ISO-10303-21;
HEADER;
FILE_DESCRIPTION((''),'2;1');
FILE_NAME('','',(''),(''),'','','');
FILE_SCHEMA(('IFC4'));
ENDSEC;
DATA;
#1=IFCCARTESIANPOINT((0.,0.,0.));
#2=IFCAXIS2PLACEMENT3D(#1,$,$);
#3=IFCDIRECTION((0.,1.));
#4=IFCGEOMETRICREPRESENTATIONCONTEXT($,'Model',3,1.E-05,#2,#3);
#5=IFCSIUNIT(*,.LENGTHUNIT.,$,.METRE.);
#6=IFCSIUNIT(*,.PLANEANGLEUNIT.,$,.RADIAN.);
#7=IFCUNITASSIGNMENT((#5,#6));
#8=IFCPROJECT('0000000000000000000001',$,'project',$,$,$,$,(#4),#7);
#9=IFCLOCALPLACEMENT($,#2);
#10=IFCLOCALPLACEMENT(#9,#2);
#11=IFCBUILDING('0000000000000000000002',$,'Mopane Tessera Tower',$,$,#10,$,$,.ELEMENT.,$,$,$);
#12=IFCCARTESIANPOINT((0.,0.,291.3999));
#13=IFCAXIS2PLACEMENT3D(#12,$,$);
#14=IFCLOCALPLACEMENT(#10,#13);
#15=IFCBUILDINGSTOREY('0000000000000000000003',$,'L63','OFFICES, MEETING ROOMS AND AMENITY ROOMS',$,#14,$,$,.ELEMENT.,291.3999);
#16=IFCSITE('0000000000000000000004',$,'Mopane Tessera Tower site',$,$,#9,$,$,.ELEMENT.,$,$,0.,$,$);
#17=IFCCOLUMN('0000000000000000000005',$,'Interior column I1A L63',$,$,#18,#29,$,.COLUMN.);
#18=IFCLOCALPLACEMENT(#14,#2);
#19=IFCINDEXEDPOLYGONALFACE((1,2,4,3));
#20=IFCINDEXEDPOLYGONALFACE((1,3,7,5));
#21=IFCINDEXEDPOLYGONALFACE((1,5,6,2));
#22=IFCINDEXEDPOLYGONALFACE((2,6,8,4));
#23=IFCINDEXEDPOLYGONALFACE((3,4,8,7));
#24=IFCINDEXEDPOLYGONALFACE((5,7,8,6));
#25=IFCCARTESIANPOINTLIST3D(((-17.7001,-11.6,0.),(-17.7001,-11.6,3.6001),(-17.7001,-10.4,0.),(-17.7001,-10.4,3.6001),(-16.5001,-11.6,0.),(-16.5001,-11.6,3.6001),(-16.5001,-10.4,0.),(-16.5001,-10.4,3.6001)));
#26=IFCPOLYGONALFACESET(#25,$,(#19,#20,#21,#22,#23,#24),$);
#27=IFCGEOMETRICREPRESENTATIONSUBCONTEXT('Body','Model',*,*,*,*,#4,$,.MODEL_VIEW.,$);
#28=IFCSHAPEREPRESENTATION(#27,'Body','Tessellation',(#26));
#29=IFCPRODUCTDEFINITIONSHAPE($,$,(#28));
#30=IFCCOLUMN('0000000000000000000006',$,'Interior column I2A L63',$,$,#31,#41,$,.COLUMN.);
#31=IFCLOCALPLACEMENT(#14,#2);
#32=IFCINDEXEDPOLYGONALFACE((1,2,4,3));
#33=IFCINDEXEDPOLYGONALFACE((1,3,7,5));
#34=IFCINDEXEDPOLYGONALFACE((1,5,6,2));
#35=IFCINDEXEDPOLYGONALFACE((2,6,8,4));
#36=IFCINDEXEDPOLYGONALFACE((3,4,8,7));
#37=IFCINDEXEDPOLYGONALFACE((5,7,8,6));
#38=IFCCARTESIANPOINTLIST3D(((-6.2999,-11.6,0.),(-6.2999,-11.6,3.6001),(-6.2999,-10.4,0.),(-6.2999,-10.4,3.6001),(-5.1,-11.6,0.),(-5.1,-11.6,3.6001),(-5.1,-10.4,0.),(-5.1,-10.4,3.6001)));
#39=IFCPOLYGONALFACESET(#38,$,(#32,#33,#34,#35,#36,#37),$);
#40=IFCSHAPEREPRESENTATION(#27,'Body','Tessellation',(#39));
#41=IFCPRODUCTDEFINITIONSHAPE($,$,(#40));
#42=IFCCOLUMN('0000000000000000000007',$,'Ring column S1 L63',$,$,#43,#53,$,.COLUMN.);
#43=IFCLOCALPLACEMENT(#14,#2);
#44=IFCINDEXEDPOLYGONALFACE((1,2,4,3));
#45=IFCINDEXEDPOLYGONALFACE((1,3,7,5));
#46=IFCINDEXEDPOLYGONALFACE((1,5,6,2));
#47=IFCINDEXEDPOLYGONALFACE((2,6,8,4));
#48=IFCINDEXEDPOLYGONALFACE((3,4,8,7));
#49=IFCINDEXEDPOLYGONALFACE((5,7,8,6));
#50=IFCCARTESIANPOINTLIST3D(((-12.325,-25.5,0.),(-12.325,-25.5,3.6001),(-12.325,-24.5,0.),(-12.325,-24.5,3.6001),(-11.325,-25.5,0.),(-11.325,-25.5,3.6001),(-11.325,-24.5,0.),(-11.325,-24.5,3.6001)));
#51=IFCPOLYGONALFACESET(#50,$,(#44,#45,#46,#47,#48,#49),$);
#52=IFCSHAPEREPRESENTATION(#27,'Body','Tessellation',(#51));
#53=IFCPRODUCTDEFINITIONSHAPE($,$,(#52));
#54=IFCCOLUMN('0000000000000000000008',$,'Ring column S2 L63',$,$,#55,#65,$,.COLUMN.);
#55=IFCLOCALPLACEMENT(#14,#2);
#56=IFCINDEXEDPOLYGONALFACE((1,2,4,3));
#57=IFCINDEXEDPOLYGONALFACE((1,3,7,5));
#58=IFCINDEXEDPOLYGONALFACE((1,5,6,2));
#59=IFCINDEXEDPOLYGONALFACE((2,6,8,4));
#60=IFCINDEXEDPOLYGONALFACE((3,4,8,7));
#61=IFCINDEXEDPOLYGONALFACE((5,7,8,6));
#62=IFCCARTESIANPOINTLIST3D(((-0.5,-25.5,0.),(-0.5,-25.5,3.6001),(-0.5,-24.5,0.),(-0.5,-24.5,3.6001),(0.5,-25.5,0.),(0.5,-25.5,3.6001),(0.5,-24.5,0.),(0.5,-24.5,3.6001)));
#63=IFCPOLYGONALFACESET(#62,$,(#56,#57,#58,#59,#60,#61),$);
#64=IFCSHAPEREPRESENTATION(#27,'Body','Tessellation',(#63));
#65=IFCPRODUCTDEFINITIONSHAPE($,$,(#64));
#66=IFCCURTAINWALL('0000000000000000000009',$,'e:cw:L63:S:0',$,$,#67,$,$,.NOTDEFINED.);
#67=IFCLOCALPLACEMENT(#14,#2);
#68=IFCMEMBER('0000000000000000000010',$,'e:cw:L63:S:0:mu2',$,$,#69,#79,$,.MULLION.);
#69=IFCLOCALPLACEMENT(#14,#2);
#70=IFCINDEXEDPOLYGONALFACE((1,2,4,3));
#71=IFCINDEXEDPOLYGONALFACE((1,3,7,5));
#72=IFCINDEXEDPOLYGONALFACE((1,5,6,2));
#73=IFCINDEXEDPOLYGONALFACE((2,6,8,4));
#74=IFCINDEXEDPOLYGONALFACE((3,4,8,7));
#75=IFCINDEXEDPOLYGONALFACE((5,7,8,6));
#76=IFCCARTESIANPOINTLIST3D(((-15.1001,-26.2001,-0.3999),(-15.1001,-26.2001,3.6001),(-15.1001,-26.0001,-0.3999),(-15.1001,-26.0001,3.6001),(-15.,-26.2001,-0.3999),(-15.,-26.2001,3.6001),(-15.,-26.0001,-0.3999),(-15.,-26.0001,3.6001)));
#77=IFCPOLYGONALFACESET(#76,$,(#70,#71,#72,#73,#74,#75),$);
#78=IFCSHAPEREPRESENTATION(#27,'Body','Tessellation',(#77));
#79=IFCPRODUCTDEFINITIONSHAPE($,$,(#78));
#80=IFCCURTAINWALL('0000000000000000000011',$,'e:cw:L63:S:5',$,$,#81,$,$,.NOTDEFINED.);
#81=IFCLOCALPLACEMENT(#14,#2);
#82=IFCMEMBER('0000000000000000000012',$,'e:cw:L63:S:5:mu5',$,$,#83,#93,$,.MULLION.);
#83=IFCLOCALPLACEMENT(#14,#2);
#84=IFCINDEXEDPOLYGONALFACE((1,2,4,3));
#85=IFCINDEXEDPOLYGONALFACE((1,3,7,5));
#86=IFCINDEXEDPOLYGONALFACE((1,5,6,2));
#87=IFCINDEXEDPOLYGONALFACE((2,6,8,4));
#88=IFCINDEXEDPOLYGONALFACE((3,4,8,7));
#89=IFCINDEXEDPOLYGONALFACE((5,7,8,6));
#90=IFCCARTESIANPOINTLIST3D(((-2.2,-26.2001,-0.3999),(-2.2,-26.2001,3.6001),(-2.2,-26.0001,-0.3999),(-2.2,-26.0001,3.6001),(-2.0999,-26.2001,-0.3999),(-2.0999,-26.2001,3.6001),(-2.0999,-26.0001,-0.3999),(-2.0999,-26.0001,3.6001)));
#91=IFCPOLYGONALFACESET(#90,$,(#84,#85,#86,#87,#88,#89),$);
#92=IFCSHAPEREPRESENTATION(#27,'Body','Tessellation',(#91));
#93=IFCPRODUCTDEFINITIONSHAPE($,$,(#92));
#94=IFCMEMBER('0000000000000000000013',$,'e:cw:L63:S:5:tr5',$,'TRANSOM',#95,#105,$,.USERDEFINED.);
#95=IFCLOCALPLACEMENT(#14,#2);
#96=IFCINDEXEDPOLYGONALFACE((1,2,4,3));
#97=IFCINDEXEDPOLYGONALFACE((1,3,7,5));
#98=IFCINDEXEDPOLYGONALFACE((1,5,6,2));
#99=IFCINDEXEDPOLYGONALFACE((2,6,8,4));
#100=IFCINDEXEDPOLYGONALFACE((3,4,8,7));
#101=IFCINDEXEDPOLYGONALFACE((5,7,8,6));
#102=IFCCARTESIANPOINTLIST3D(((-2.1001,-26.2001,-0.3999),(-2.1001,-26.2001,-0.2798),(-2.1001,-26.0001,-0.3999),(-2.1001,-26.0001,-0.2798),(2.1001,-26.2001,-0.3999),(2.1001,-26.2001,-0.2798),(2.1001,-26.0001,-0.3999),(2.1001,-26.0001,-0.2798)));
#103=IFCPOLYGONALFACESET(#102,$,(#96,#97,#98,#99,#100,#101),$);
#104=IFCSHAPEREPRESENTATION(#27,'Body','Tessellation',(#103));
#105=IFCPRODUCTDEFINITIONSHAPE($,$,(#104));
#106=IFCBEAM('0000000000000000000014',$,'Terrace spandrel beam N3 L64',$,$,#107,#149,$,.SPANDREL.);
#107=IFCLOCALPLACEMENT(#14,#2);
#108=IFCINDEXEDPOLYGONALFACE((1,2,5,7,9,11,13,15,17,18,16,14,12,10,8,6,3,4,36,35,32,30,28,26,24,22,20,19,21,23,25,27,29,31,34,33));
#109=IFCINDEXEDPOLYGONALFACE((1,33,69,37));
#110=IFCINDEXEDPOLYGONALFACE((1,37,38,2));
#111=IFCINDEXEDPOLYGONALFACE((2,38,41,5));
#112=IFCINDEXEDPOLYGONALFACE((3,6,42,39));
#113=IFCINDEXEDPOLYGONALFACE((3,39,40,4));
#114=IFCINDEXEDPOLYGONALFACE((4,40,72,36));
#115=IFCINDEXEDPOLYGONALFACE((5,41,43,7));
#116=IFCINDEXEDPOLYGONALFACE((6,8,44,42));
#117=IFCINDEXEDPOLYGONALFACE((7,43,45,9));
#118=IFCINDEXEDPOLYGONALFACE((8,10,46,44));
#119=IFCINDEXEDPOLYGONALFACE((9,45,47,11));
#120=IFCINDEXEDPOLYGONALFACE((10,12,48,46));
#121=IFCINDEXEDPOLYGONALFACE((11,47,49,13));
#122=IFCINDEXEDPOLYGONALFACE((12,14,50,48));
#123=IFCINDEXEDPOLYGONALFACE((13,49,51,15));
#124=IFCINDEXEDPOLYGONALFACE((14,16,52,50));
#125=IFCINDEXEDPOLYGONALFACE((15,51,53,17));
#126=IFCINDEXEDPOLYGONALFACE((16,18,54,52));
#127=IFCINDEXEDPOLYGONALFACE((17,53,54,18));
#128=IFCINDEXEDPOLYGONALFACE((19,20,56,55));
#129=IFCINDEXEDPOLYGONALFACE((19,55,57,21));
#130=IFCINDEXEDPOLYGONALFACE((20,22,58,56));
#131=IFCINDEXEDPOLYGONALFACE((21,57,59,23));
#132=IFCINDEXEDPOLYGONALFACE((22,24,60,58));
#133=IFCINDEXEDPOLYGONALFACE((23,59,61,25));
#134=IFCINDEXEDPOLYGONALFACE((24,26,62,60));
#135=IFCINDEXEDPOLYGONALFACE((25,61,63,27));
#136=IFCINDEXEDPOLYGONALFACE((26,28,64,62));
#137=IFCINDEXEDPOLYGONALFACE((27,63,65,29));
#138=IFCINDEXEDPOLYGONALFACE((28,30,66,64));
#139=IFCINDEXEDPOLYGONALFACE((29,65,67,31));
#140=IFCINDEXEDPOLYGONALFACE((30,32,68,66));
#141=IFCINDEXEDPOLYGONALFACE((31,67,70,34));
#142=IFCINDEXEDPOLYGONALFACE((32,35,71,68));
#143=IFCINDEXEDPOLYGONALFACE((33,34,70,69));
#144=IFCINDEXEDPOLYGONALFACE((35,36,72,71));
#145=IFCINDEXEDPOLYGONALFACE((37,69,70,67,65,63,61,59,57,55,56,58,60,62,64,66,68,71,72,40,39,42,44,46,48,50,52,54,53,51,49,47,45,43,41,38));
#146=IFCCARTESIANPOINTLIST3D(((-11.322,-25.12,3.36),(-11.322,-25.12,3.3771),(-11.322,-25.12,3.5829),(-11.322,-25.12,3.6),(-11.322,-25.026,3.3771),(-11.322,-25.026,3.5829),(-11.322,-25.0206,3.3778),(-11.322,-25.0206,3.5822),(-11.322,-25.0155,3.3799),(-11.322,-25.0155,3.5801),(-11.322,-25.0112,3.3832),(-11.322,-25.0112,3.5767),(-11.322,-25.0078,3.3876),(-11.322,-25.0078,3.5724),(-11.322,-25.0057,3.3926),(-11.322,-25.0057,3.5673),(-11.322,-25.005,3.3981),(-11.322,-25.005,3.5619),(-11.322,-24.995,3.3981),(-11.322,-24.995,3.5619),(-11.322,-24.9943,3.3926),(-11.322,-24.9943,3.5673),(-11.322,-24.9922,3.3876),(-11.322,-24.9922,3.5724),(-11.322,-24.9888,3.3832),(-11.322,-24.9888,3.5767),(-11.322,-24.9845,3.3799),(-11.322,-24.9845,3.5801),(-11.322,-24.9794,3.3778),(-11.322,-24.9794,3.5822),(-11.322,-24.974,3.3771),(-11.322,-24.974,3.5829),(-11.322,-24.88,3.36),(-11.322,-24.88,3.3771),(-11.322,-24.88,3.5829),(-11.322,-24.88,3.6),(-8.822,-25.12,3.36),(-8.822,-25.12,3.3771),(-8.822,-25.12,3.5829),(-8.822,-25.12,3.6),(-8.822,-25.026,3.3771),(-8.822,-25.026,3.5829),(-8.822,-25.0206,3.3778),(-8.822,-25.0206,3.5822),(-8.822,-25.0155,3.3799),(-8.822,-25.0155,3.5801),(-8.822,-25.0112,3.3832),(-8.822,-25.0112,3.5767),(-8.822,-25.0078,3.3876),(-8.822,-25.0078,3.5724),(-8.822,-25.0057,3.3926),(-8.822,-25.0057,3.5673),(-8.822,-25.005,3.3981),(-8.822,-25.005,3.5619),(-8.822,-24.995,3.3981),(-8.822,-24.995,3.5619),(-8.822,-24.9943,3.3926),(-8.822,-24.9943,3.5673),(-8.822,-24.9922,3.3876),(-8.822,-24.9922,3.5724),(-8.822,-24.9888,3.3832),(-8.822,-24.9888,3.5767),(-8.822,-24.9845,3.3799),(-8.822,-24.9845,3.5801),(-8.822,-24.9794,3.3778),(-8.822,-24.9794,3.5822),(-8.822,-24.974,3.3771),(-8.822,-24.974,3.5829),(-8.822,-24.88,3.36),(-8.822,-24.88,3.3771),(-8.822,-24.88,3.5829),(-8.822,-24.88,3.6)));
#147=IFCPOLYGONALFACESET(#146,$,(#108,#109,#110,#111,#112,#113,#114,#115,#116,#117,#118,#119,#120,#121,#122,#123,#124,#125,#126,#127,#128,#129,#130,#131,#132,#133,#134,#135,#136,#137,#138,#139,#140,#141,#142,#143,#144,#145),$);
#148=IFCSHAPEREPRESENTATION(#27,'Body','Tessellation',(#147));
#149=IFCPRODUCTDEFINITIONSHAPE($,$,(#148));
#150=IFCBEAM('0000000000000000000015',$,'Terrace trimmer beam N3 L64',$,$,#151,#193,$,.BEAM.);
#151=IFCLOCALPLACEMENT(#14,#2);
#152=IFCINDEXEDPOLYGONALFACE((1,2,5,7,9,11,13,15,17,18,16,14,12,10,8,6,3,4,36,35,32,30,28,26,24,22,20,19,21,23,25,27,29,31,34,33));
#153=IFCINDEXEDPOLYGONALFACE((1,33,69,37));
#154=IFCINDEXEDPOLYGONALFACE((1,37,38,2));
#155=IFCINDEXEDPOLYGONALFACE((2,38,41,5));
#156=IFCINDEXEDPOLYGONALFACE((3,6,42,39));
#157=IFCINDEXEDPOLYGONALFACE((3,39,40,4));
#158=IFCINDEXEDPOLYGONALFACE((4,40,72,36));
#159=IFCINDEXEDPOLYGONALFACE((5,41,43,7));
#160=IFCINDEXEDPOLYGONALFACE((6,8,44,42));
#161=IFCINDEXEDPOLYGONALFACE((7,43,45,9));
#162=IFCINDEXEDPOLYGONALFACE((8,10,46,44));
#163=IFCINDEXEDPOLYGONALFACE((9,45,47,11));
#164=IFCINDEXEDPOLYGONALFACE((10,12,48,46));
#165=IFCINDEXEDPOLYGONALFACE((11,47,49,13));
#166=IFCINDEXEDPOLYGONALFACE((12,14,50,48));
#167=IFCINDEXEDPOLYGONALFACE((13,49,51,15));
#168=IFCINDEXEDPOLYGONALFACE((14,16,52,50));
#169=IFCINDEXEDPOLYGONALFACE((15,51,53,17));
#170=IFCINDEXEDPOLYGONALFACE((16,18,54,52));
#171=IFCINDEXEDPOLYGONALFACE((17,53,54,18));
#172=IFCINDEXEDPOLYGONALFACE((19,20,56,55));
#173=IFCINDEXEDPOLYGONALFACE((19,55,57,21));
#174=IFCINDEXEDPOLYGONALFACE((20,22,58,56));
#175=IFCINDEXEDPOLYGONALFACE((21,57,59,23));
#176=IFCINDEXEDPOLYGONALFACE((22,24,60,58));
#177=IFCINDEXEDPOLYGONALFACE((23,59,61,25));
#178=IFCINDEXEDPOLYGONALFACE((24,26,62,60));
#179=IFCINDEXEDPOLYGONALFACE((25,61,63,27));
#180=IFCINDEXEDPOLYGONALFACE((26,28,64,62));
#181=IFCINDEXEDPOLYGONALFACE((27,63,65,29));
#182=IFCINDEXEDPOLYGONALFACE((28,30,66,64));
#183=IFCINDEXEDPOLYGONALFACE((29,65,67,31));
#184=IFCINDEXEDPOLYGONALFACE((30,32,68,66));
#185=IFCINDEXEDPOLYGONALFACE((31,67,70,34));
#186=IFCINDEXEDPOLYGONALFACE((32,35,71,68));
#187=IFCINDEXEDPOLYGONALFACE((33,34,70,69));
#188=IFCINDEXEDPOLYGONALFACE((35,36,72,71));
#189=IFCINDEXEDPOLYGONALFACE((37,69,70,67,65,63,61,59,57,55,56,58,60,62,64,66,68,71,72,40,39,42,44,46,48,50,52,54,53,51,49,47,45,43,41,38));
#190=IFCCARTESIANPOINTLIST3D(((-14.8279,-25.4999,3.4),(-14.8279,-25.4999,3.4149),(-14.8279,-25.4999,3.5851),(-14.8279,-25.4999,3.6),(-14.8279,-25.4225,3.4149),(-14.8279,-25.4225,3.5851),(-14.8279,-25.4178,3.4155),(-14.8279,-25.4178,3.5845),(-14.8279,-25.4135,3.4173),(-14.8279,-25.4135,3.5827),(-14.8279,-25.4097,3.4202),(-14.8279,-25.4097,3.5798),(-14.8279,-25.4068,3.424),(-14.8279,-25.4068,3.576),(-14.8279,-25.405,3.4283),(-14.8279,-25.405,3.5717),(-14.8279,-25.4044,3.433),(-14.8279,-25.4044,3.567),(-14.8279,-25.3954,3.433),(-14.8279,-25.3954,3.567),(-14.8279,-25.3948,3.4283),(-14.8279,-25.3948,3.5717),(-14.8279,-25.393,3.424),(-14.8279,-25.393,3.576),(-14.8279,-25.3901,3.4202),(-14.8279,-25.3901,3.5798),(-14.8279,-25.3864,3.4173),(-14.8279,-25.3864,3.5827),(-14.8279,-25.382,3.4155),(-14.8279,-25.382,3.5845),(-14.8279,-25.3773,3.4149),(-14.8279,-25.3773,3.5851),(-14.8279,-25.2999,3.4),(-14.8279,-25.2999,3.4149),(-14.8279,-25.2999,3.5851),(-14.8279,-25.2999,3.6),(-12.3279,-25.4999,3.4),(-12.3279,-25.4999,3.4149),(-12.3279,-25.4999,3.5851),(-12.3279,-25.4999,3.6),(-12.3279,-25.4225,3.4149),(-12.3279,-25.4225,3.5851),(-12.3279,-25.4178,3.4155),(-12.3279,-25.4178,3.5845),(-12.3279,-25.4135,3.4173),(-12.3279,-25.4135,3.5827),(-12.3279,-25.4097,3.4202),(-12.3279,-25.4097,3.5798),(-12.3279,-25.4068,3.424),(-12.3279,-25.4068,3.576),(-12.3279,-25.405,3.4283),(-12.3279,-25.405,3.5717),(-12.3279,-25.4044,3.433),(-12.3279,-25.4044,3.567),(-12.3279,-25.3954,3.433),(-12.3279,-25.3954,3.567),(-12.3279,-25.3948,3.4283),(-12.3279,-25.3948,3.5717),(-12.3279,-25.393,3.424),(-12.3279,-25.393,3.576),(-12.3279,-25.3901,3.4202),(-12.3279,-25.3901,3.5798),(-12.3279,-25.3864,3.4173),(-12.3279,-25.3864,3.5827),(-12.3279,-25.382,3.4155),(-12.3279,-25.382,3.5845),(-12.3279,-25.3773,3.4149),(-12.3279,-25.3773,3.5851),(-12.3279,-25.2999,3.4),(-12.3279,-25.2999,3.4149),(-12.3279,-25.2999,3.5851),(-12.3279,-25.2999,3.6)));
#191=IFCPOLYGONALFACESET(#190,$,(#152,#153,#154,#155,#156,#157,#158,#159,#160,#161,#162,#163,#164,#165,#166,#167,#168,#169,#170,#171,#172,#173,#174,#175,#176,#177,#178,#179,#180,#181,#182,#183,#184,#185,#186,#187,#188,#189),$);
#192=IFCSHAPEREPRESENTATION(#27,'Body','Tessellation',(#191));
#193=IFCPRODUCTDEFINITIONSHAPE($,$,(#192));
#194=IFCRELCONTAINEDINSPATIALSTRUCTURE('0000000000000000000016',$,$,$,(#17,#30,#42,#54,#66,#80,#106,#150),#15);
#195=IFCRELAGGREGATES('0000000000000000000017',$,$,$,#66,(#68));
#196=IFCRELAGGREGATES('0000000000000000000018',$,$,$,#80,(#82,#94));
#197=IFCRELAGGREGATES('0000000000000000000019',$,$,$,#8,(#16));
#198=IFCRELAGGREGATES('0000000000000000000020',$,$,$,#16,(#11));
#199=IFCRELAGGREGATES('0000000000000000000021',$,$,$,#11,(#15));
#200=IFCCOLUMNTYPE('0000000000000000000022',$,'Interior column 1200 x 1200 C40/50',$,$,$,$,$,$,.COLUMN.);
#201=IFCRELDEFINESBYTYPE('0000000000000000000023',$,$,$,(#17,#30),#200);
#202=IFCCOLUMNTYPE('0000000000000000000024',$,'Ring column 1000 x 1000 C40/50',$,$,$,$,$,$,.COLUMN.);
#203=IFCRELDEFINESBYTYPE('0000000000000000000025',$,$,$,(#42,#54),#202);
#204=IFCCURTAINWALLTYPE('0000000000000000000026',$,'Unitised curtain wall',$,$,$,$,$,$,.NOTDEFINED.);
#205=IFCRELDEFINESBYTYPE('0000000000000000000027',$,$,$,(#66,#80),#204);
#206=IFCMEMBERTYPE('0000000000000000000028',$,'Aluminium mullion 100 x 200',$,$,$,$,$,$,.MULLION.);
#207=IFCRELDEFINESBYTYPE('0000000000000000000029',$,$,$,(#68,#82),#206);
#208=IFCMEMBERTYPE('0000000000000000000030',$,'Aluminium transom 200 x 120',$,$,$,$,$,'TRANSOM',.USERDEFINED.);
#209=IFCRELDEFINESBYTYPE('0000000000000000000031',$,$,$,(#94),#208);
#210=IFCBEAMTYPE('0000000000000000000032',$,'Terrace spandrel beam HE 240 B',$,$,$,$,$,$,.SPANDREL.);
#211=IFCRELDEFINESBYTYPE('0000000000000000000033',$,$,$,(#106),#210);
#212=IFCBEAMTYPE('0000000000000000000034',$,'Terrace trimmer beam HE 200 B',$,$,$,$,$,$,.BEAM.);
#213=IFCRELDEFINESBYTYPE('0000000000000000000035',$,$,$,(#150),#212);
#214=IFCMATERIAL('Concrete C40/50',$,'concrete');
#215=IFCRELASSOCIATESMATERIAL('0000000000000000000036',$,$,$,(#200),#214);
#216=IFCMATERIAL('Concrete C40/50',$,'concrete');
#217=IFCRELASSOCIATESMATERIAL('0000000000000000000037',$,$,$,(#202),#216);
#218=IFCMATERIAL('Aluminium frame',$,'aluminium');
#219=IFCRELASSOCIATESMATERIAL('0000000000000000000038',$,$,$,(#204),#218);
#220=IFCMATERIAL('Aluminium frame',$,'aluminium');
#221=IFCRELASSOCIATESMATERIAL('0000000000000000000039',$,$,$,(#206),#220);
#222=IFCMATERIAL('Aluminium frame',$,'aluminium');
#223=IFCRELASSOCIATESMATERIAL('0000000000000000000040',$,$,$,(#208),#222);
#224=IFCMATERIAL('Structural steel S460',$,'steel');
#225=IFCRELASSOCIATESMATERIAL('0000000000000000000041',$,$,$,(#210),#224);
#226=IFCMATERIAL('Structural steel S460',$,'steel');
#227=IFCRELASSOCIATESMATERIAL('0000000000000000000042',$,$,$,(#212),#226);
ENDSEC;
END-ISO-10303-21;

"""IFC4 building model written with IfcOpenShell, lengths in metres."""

from ifc_helpers import new_model, si_unit, direction, frame, origin, origin_2d, place, context, subcontext, project, spatial, rectangle, i_section, extrude, material, material_profile, profile_set, type_object, element, aggregate, save


model = new_model("IFC4")

# Units and contexts
model_context = context("Model", 3, precision=1e-05, world=origin(), true_north=direction((0.0, 1.0)))
body_context = subcontext(model_context, "Body", "Model", "MODEL_VIEW")
ifc_project = project(units=[si_unit("LENGTHUNIT", "METRE"), si_unit("PLANEANGLEUNIT", "RADIAN")], contexts=[model_context])

# Site, building, storey
site_placement = place(None, origin())
site = spatial("IfcSite", under=ifc_project, at=site_placement, Name="Mopane Tessera Tower site", CompositionType="ELEMENT", RefElevation=0.0)
building_placement = place(site_placement, origin())
building = spatial("IfcBuilding", under=site, at=building_placement, Name="Mopane Tessera Tower", CompositionType="ELEMENT")
storey_placement = place(building_placement, frame((0.0, 0.0, 291.3999)))
storey = spatial("IfcBuildingStorey", under=building, at=storey_placement, Name="L63", Description="OFFICES, MEETING ROOMS AND AMENITY ROOMS", CompositionType="ELEMENT", Elevation=291.3999)

# Columns
ifc_material_1 = material(Name="Concrete C40/50", Category="concrete")
ifc_material_profile_1 = material_profile(ifc_material_1, rectangle(XDim=1.2, YDim=1.2, at=origin_2d()))
ifc_profile_set_1 = profile_set([ifc_material_profile_1], Name="Concrete C40/50")
column_type_1 = type_object("IfcColumnType", Name="Interior column 1200 x 1200 C40/50", PredefinedType="COLUMN", material=ifc_profile_set_1)
for number, where, z_axis, x_axis, name in (
    (1, (-17.1001, -11.0, 0.0), (0.0, 0.0, 1.0), (1.0, 0.0, 0.0), "Interior column I1A L63"),
    (2, (-5.7, -11.0, 0.0), (0.0, 0.0, 1.0), (1.0, 0.0, 0.0), "Interior column I2A L63"),
):
    element("IfcColumn", number, at=place(storey_placement, frame(where, z_axis=z_axis, x_axis=x_axis)), inside=storey, type_object=column_type_1, Name=name, PredefinedType="COLUMN", context=body_context, shape_type="SweptSolid", body=[
        extrude(rectangle(XDim=1.2, YDim=1.2, at=origin_2d()), origin(), (0.0, 0.0, 1.0), 3.6001),
    ])
ifc_material_2 = material(Name="Concrete C40/50", Category="concrete")
ifc_material_profile_2 = material_profile(ifc_material_2, rectangle(XDim=1.0, YDim=1.0, at=origin_2d()))
ifc_profile_set_2 = profile_set([ifc_material_profile_2], Name="Concrete C40/50")
column_type_2 = type_object("IfcColumnType", Name="Ring column 1000 x 1000 C40/50", PredefinedType="COLUMN", material=ifc_profile_set_2)
for number, where, z_axis, x_axis, name in (
    (3, (-11.825, -25.0, 0.0), (0.0, 0.0, 1.0), (1.0, 0.0, 0.0), "Ring column S1 L63"),
    (4, (0.0, -25.0, 0.0), (0.0, 0.0, 1.0), (1.0, 0.0, 0.0), "Ring column S2 L63"),
):
    element("IfcColumn", number, at=place(storey_placement, frame(where, z_axis=z_axis, x_axis=x_axis)), inside=storey, type_object=column_type_2, Name=name, PredefinedType="COLUMN", context=body_context, shape_type="SweptSolid", body=[
        extrude(rectangle(XDim=1.0, YDim=1.0, at=origin_2d()), origin(), (0.0, 0.0, 1.0), 3.6001),
    ])

# Curtain wall, member
ifc_material_3 = material(Name="Aluminium frame", Category="aluminium")
curtain_wall_type = type_object("IfcCurtainWallType", Name="Unitised curtain wall", PredefinedType="NOTDEFINED", material=ifc_material_3)
curtain_wall_1_placement = place(storey_placement, origin())
curtain_wall_1 = element("IfcCurtainWall", 5, at=curtain_wall_1_placement, inside=storey, type_object=curtain_wall_type, Name="e:cw:L63:S:0", PredefinedType="NOTDEFINED")
ifc_material_4 = material(Name="Aluminium frame", Category="aluminium")
ifc_material_profile_3 = material_profile(ifc_material_4, rectangle(XDim=0.1001, YDim=0.2, at=origin_2d()))
ifc_profile_set_3 = profile_set([ifc_material_profile_3], Name="Aluminium frame")
member_type_1 = type_object("IfcMemberType", Name="Aluminium mullion 100 x 200", PredefinedType="MULLION", material=ifc_profile_set_3)
member_1_placement = place(storey_placement, frame((-15.05, -26.1001, -0.3999), z_axis=(0.0, 0.0, 1.0), x_axis=(1.0, 0.0, 0.0)))
member_1 = element("IfcMember", 6, at=member_1_placement, type_object=member_type_1, Name="e:cw:L63:S:0:mu2", PredefinedType="MULLION", context=body_context, shape_type="SweptSolid", body=[
    extrude(rectangle(XDim=0.1001, YDim=0.2, at=origin_2d()), origin(), (0.0, 0.0, 1.0), 4.0),
])
aggregate(curtain_wall_1, [member_1])

# Curtain wall, members
curtain_wall_2_placement = place(storey_placement, origin())
curtain_wall_2 = element("IfcCurtainWall", 7, at=curtain_wall_2_placement, inside=storey, type_object=curtain_wall_type, Name="e:cw:L63:S:5", PredefinedType="NOTDEFINED")
member_2_placement = place(storey_placement, frame((-2.1499, -26.1001, -0.3999), z_axis=(0.0, 0.0, 1.0), x_axis=(1.0, 0.0, 0.0)))
member_2 = element("IfcMember", 8, at=member_2_placement, type_object=member_type_1, Name="e:cw:L63:S:5:mu5", PredefinedType="MULLION", context=body_context, shape_type="SweptSolid", body=[
    extrude(rectangle(XDim=0.1001, YDim=0.2, at=origin_2d()), origin(), (0.0, 0.0, 1.0), 4.0),
])
ifc_material_5 = material(Name="Aluminium frame", Category="aluminium")
ifc_material_profile_4 = material_profile(ifc_material_5, rectangle(XDim=0.2, YDim=0.1201, at=origin_2d()))
ifc_profile_set_4 = profile_set([ifc_material_profile_4], Name="Aluminium frame")
member_type_2 = type_object("IfcMemberType", Name="Aluminium transom 200 x 120", ElementType="TRANSOM", PredefinedType="USERDEFINED", material=ifc_profile_set_4)
member_3_placement = place(storey_placement, frame((-2.1001, -26.1001, -0.3398), z_axis=(1.0, 0.0, 0.0), x_axis=(0.0, 1.0, 0.0)))
member_3 = element("IfcMember", 9, at=member_3_placement, type_object=member_type_2, Name="e:cw:L63:S:5:tr5", ObjectType="TRANSOM", PredefinedType="USERDEFINED", context=body_context, shape_type="SweptSolid", body=[
    extrude(rectangle(XDim=0.2, YDim=0.1201, at=origin_2d()), origin(), (0.0, 0.0, 1.0), 4.2002),
])

# Beams
ifc_material_6 = material(Name="Structural steel S460", Category="steel")
ifc_material_profile_5 = material_profile(ifc_material_6, i_section(OverallWidth=0.24, OverallDepth=0.24, WebThickness=0.01, FlangeThickness=0.0171, FilletRadius=0.021, at=origin_2d()))
ifc_profile_set_5 = profile_set([ifc_material_profile_5], Name="Structural steel S460")
beam_type_1 = type_object("IfcBeamType", Name="Terrace spandrel beam HE 240 B", PredefinedType="SPANDREL", material=ifc_profile_set_5)
beam_1_placement = place(storey_placement, frame((-11.322, -25.0, 3.48), z_axis=(1.0, 0.0, 0.0), x_axis=(0.0, 1.0, 0.0)))
element("IfcBeam", 10, at=beam_1_placement, inside=storey, type_object=beam_type_1, Name="Terrace spandrel beam N3 L64", PredefinedType="SPANDREL", context=body_context, shape_type="SweptSolid", body=[
    extrude(i_section(OverallWidth=0.24, OverallDepth=0.24, WebThickness=0.01, FlangeThickness=0.0171, FilletRadius=0.021, at=origin_2d()), origin(), (0.0, 0.0, 1.0), 2.5),
])
ifc_material_7 = material(Name="Structural steel S460", Category="steel")
ifc_material_profile_6 = material_profile(ifc_material_7, i_section(OverallWidth=0.2, OverallDepth=0.2, WebThickness=0.009, FlangeThickness=0.0149, FilletRadius=0.0181, at=origin_2d()))
ifc_profile_set_6 = profile_set([ifc_material_profile_6], Name="Structural steel S460")
beam_type_2 = type_object("IfcBeamType", Name="Terrace trimmer beam HE 200 B", PredefinedType="BEAM", material=ifc_profile_set_6)
beam_2_placement = place(storey_placement, frame((-12.3279, -25.3999, 3.5), z_axis=(-1.0, 0.0, 0.0), x_axis=(0.0, -1.0, 0.0)))
element("IfcBeam", 11, at=beam_2_placement, inside=storey, type_object=beam_type_2, Name="Terrace trimmer beam N3 L64", PredefinedType="BEAM", context=body_context, shape_type="SweptSolid", body=[
    extrude(i_section(OverallWidth=0.2, OverallDepth=0.2, WebThickness=0.009, FlangeThickness=0.0149, FilletRadius=0.0181, at=origin_2d()), origin(), (0.0, 0.0, 1.0), 2.5),
])

aggregate(curtain_wall_2, [member_2, member_3])

save(model, "model.ifc")
